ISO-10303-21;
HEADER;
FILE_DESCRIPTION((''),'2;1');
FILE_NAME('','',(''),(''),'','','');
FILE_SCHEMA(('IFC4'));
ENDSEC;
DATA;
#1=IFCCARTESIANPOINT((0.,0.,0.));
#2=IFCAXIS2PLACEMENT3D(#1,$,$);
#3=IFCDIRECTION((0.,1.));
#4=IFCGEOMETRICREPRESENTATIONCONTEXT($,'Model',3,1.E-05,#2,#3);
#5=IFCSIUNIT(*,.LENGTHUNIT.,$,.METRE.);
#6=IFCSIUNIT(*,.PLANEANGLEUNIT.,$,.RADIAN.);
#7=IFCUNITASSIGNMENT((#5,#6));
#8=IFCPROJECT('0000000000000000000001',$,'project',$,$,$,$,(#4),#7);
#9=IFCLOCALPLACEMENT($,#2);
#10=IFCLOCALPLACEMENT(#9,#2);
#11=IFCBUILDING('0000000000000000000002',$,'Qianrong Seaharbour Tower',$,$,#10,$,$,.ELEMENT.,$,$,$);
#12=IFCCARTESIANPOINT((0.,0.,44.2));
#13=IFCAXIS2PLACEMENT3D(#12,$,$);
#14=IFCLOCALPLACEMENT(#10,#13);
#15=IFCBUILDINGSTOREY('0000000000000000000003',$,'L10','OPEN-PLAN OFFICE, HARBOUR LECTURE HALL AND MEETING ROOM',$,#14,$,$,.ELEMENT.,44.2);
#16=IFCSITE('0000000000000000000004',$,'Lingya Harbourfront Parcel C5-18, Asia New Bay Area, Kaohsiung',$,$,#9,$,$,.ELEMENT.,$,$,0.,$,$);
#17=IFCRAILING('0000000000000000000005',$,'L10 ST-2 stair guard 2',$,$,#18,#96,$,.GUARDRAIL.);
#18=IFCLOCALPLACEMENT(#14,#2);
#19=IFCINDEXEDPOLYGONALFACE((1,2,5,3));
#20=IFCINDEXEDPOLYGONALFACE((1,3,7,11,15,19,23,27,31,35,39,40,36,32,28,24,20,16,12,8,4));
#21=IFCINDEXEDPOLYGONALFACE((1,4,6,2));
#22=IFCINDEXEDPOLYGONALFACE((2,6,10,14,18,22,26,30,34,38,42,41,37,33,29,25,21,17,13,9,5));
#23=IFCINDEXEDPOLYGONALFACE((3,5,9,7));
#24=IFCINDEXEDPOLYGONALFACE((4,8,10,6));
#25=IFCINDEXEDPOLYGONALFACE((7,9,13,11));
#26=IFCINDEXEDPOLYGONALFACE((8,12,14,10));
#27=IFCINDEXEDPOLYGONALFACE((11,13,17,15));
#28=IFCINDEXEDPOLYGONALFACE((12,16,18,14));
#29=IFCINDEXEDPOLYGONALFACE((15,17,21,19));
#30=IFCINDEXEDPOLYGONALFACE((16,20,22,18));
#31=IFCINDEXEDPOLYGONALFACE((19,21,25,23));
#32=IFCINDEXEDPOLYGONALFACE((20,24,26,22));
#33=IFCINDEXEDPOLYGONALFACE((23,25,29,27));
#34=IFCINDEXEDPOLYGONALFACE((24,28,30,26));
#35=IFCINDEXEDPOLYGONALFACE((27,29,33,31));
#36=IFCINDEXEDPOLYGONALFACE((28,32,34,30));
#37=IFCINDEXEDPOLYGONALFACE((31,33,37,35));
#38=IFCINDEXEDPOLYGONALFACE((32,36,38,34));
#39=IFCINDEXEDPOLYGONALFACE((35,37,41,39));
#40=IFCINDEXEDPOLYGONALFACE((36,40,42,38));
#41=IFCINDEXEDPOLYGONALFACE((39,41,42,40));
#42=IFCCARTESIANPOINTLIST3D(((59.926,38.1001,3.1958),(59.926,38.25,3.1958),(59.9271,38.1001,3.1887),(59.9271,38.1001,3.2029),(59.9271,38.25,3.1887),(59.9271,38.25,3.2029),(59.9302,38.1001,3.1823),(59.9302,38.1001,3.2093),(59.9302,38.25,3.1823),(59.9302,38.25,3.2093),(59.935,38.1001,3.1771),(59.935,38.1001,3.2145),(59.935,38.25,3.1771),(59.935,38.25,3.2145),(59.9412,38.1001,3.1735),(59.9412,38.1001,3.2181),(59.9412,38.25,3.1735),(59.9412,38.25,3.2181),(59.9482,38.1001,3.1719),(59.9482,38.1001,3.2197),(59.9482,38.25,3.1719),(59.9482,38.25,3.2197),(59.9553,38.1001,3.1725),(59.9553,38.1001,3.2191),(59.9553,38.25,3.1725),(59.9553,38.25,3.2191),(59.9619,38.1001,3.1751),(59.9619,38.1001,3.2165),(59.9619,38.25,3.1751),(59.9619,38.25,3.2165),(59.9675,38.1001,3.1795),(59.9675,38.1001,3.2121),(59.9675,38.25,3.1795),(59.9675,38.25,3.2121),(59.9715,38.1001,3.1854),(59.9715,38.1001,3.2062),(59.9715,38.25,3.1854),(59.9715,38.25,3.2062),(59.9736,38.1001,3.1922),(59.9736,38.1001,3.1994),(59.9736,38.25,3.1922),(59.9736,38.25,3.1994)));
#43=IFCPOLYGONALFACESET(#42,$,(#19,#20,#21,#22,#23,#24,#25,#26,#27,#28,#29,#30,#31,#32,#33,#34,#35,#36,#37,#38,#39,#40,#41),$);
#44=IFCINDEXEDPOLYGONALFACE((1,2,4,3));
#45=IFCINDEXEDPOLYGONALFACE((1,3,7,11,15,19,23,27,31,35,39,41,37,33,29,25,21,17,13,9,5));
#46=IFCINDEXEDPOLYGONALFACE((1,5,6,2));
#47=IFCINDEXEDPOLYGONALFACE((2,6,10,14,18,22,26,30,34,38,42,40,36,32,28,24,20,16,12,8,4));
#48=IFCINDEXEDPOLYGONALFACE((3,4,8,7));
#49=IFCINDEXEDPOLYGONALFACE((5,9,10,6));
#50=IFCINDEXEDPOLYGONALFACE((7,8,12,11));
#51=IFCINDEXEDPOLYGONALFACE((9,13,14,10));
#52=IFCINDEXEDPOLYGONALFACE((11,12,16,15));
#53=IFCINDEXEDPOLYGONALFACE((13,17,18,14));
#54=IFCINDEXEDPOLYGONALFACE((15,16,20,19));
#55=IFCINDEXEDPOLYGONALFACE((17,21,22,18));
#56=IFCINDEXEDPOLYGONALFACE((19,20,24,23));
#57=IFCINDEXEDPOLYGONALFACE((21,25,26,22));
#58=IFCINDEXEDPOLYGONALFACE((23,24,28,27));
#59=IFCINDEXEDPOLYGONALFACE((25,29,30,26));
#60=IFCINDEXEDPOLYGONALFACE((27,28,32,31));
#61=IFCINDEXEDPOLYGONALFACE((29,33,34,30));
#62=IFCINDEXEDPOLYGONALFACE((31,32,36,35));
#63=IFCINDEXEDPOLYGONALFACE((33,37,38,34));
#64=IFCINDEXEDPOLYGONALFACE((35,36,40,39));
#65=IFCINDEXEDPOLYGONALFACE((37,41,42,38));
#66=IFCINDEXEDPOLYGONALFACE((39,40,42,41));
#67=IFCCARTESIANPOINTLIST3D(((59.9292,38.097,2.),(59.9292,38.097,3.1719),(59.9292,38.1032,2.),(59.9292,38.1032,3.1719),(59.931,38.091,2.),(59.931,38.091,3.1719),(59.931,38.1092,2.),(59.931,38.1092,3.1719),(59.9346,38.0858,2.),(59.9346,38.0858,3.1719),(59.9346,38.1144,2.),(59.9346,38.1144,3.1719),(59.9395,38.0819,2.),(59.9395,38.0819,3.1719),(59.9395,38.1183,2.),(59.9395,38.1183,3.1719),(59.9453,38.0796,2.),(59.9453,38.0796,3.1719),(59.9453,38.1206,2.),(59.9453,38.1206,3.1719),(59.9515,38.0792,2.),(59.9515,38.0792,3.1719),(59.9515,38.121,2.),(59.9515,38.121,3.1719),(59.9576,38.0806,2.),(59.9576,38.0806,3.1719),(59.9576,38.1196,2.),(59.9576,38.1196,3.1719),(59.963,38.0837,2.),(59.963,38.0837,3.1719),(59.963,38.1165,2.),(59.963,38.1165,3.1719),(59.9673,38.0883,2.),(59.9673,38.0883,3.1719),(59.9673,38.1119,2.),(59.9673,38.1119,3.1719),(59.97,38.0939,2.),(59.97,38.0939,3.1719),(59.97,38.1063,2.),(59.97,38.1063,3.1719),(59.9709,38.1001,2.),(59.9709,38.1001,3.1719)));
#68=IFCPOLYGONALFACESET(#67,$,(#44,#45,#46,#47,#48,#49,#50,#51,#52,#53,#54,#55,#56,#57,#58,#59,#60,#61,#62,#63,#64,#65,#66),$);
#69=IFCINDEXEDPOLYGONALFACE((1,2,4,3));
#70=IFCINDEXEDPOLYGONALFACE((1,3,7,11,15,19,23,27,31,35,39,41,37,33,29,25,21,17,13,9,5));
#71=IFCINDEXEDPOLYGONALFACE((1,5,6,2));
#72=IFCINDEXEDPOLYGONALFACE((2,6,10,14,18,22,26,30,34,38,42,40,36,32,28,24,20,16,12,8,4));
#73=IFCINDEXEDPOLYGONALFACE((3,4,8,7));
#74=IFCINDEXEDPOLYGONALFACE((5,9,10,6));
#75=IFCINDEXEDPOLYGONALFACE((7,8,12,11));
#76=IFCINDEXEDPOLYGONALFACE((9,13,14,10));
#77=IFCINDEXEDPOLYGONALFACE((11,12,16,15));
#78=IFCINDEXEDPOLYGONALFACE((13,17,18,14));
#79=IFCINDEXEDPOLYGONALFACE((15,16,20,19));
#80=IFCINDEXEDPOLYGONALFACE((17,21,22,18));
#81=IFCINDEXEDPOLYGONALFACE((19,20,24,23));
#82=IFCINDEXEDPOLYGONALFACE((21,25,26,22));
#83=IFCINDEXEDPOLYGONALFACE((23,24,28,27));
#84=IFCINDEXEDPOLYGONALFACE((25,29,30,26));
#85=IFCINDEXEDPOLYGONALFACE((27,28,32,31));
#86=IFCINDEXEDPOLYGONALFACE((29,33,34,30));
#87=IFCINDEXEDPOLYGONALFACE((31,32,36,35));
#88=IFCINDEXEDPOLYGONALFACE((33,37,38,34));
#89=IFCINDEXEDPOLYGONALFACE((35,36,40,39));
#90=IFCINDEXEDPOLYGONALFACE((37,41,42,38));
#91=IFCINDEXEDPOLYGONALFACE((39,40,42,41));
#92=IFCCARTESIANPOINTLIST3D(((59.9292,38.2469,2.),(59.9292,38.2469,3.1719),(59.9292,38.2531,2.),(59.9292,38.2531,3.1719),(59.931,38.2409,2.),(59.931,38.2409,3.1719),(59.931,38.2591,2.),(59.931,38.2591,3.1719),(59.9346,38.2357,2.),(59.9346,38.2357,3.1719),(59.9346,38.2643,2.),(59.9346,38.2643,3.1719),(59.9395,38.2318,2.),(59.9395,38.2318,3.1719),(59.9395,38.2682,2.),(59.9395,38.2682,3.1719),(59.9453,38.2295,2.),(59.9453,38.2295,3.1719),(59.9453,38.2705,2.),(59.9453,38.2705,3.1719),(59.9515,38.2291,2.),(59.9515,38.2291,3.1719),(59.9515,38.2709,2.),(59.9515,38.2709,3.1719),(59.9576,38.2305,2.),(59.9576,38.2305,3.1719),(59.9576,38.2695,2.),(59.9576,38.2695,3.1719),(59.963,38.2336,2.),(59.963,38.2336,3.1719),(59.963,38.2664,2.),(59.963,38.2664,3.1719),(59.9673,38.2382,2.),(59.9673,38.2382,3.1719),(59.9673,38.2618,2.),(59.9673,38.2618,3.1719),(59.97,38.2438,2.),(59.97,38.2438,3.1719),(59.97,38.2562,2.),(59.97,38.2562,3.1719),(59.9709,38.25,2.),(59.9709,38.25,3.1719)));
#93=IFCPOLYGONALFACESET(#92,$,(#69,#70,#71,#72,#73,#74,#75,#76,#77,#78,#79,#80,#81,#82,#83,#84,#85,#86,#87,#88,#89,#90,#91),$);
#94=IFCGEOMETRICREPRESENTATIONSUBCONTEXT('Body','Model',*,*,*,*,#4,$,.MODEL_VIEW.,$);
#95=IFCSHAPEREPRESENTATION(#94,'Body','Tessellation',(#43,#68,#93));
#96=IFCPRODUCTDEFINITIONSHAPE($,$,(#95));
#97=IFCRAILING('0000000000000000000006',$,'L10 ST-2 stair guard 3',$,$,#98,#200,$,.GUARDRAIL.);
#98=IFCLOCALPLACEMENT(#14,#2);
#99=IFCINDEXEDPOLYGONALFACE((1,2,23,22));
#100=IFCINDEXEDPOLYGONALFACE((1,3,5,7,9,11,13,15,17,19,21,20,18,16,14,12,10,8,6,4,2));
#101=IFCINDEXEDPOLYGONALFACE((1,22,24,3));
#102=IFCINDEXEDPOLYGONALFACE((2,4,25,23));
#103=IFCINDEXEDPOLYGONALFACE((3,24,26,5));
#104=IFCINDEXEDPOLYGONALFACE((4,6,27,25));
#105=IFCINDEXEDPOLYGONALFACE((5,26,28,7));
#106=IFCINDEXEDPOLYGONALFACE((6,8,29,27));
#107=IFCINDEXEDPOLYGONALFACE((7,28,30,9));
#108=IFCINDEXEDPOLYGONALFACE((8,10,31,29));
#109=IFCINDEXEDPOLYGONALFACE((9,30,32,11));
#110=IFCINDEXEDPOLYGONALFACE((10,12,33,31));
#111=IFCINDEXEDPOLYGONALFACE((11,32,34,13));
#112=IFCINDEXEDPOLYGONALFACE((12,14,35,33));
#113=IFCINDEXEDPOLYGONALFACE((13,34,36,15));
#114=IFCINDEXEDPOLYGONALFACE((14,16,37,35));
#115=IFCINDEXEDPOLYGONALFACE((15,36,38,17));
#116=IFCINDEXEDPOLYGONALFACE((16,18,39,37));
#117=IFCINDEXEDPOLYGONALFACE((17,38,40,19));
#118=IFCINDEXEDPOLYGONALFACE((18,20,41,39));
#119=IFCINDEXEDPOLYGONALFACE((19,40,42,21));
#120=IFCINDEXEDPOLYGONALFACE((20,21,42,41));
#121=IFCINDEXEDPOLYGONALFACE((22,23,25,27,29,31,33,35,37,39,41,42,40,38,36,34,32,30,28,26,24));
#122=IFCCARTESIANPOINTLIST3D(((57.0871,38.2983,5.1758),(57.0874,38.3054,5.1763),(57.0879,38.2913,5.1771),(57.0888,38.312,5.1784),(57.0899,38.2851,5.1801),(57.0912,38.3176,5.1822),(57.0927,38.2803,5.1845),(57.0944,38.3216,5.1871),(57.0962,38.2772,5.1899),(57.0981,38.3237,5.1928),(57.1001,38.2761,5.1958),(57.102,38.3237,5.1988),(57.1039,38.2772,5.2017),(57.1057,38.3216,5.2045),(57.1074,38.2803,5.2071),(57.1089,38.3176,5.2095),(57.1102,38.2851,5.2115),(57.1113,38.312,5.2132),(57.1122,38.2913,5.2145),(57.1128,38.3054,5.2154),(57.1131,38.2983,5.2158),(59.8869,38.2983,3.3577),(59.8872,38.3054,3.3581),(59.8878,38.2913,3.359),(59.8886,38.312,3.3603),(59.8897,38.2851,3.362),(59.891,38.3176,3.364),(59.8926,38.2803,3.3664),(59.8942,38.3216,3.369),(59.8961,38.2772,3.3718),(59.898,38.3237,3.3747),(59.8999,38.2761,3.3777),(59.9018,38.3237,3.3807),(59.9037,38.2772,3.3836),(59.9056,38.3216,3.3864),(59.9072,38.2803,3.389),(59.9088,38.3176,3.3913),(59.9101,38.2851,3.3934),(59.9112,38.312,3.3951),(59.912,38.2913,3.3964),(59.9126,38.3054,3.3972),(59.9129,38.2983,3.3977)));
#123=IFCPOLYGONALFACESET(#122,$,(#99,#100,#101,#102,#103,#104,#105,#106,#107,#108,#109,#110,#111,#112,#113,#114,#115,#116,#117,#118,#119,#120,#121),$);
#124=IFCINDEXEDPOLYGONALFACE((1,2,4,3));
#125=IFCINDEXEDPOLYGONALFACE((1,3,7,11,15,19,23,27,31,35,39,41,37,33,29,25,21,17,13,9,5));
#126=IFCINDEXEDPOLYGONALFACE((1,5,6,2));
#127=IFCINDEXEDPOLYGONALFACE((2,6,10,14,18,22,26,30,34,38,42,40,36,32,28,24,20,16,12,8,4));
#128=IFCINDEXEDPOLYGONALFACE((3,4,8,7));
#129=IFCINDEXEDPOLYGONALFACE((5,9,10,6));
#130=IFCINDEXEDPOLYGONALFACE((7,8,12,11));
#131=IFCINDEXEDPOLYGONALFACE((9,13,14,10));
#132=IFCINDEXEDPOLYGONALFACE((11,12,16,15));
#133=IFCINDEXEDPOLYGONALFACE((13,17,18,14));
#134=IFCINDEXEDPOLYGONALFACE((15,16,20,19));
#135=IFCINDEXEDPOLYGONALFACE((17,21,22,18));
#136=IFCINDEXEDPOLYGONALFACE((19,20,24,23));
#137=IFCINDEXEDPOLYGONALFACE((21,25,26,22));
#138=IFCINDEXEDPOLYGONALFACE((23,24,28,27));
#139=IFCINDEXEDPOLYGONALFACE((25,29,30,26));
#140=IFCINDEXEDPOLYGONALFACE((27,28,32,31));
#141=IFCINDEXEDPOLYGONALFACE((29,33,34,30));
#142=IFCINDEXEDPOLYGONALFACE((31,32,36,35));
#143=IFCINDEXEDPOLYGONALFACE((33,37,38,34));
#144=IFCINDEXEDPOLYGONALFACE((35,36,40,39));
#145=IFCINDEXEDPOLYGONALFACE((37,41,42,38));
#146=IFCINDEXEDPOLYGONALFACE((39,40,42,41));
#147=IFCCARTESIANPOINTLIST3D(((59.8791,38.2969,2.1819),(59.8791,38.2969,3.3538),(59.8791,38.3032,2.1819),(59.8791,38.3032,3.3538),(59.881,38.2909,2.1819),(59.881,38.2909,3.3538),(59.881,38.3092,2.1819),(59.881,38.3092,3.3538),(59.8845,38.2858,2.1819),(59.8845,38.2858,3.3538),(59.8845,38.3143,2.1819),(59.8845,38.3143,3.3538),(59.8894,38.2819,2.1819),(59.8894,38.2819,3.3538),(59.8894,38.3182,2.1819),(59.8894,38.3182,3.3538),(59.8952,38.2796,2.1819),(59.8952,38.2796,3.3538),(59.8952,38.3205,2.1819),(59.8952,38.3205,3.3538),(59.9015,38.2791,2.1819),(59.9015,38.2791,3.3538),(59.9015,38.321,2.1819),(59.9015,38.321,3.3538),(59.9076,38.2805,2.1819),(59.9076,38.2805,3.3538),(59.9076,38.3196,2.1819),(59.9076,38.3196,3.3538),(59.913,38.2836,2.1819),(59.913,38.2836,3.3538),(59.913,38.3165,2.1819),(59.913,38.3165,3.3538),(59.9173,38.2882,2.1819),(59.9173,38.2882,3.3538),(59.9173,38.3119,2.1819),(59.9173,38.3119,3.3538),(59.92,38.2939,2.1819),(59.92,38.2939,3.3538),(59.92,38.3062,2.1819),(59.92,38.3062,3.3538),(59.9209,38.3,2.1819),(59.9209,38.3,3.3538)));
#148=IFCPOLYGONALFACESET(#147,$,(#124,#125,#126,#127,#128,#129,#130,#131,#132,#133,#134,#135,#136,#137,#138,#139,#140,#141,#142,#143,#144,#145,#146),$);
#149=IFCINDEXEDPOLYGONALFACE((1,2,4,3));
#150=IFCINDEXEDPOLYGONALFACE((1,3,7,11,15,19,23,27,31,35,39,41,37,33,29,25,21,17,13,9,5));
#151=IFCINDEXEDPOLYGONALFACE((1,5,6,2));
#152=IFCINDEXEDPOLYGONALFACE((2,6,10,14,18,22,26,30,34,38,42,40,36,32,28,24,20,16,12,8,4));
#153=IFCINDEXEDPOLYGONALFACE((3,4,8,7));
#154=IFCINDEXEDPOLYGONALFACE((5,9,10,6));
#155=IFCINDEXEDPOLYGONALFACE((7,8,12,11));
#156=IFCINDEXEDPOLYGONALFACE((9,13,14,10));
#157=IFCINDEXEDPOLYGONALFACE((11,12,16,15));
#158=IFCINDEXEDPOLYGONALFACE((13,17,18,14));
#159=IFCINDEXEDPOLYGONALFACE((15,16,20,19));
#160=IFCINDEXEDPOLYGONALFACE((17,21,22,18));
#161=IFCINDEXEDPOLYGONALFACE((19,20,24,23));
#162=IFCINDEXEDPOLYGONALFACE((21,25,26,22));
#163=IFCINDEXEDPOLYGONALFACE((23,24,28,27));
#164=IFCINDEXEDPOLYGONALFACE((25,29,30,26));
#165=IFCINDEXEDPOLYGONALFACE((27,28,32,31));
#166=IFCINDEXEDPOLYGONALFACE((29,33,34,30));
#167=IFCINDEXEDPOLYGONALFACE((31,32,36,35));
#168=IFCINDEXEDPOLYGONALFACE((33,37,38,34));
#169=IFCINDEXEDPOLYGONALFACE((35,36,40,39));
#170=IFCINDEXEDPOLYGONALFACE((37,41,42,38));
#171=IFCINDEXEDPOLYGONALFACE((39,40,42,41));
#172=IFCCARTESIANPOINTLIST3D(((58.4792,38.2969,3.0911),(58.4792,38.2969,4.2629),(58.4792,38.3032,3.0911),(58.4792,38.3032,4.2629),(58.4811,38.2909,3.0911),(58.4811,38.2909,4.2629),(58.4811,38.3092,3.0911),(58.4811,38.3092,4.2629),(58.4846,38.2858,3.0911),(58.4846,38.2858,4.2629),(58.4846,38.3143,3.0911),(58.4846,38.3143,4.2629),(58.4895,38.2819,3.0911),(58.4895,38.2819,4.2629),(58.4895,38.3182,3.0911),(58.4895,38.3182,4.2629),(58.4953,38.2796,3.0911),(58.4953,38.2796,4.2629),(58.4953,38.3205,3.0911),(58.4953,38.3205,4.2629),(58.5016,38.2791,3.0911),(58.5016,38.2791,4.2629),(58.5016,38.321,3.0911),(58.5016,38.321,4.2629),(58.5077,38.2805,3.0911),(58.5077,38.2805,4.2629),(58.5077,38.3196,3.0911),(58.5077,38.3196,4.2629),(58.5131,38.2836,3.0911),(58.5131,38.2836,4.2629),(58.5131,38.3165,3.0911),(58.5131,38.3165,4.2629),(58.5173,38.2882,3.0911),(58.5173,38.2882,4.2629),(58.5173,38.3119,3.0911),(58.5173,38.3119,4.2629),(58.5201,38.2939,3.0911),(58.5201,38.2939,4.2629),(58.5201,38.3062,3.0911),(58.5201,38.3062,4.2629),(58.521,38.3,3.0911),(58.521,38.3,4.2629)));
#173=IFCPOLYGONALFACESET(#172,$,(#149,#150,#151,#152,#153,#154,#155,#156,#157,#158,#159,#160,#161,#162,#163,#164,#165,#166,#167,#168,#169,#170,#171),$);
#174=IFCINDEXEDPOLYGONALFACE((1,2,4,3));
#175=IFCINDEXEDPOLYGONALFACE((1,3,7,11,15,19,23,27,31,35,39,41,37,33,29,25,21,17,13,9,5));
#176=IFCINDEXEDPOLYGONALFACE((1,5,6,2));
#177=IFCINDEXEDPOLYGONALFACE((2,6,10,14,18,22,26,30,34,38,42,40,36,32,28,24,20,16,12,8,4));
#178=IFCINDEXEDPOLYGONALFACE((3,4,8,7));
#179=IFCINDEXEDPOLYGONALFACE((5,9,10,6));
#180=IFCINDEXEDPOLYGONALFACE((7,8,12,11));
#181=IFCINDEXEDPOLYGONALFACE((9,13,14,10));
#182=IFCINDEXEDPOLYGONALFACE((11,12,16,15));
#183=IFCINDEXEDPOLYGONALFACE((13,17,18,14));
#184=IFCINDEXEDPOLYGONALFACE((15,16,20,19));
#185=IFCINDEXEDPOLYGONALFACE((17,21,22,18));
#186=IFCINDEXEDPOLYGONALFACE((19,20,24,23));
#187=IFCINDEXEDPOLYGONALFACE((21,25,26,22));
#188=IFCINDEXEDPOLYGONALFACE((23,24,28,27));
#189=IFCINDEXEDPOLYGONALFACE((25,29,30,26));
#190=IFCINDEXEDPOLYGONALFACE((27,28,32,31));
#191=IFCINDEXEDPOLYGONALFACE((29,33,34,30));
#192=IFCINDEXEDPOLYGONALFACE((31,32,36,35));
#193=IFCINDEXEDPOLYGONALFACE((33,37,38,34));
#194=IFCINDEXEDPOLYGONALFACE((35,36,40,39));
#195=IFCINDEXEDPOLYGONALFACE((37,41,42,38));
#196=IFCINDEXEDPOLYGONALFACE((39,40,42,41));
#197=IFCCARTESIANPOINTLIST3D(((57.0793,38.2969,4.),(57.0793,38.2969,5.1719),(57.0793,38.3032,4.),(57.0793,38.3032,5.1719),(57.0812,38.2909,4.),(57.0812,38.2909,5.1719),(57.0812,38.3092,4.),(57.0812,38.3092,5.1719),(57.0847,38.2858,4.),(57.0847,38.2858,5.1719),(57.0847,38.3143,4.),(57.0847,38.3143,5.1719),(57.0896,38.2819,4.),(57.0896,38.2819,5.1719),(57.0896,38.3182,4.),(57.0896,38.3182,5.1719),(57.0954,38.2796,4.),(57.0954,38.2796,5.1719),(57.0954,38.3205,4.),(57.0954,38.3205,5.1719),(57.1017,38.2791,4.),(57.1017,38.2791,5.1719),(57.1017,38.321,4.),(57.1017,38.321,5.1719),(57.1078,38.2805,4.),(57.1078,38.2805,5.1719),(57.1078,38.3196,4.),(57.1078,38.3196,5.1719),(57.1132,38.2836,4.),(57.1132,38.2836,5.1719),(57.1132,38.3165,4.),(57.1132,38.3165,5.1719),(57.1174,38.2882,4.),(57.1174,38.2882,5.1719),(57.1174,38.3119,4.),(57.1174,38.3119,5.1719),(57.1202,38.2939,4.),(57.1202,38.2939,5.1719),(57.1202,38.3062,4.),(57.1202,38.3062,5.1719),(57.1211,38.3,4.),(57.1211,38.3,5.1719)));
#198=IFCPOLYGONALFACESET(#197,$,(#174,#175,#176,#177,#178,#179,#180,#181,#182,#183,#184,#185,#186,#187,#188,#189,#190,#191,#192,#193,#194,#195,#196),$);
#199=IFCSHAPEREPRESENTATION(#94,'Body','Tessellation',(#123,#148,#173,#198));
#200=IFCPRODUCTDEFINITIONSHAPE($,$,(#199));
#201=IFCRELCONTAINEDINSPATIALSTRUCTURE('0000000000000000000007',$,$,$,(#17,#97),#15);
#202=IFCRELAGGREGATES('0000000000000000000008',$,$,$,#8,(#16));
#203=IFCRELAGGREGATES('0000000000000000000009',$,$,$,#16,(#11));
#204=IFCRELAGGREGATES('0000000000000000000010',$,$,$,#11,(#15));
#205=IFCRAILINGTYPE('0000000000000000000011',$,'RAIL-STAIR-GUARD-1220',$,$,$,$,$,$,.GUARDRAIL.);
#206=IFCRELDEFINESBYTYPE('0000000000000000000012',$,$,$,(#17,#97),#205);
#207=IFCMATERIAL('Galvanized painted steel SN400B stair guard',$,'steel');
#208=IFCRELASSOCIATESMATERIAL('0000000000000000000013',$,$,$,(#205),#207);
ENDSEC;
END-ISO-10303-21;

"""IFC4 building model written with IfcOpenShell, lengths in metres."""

from ifc_helpers import new_model, si_unit, direction, frame, origin, origin_2d, place, context, subcontext, project, spatial, circle, extrude, material, type_object, element, save


model = new_model("IFC4")

# Units and contexts
model_context = context("Model", 3, precision=1e-05, world=origin(), true_north=direction((0.0, 1.0)))
body_context = subcontext(model_context, "Body", "Model", "MODEL_VIEW")
ifc_project = project(units=[si_unit("LENGTHUNIT", "METRE"), si_unit("PLANEANGLEUNIT", "RADIAN")], contexts=[model_context])

# Site, building, storey
site_placement = place(None, origin())
site = spatial("IfcSite", under=ifc_project, at=site_placement, Name="Lingya Harbourfront Parcel C5-18, Asia New Bay Area, Kaohsiung", CompositionType="ELEMENT", RefElevation=0.0)
building_placement = place(site_placement, origin())
building = spatial("IfcBuilding", under=site, at=building_placement, Name="Qianrong Seaharbour Tower", CompositionType="ELEMENT")
storey_placement = place(building_placement, frame((0.0, 0.0, 44.2)))
storey = spatial("IfcBuildingStorey", under=building, at=storey_placement, Name="L10", Description="OPEN-PLAN OFFICE, HARBOUR LECTURE HALL AND MEETING ROOM", CompositionType="ELEMENT", Elevation=44.2)

# Railings
ifc_material_1 = material(Name="Galvanized painted steel SN400B stair guard", Category="steel")
railing_type_1 = type_object("IfcRailingType", Name="RAIL-STAIR-GUARD-1220", PredefinedType="GUARDRAIL", material=ifc_material_1)
railing_1_placement = place(storey_placement, frame((59.95, 38.1001, 2.0)))
element("IfcRailing", 1, at=railing_1_placement, inside=storey, type_object=railing_type_1, Name="L10 ST-2 stair guard 2", PredefinedType="GUARDRAIL", context=body_context, shape_type="SweptSolid", body=[
    extrude(circle(Radius=0.0239, at=origin_2d()), frame((0.0, 0.0, 1.1958), z_axis=(0.0, 1.0, 0.0), x_axis=(-1.0, 0.0, 0.0)), (0.0, 0.0, 1.0), 0.1499),
    extrude(circle(Radius=0.021, at=origin_2d()), origin(), (0.0, 0.0, 1.0), 1.1719),
    extrude(circle(Radius=0.021, at=origin_2d()), frame((0.0, 0.1499, 0.0)), (0.0, 0.0, 1.0), 1.1719),
])
railing_2_placement = place(storey_placement, frame((59.8999, 38.3, 2.1819)))
element("IfcRailing", 2, at=railing_2_placement, inside=storey, type_object=railing_type_1, Name="L10 ST-2 stair guard 3", PredefinedType="GUARDRAIL", context=body_context, shape_type="SweptSolid", body=[
    extrude(circle(Radius=0.0239, at=origin_2d()), frame((0.0, 0.0, 1.1958), z_axis=(-0.838684, 0.0, 0.544618), x_axis=(0.0, -1.0, 0.0)), (0.0, 0.0, 1.0), 3.3384),
    extrude(circle(Radius=0.021, at=origin_2d()), origin(), (0.0, 0.0, 1.0), 1.1719),
    extrude(circle(Radius=0.021, at=origin_2d()), frame((-1.3999, 0.0, 0.9092)), (0.0, 0.0, 1.0), 1.1719),
    extrude(circle(Radius=0.021, at=origin_2d()), frame((-2.7998, 0.0, 1.8181)), (0.0, 0.0, 1.0), 1.1719),
])

save(model, "model.ifc")
